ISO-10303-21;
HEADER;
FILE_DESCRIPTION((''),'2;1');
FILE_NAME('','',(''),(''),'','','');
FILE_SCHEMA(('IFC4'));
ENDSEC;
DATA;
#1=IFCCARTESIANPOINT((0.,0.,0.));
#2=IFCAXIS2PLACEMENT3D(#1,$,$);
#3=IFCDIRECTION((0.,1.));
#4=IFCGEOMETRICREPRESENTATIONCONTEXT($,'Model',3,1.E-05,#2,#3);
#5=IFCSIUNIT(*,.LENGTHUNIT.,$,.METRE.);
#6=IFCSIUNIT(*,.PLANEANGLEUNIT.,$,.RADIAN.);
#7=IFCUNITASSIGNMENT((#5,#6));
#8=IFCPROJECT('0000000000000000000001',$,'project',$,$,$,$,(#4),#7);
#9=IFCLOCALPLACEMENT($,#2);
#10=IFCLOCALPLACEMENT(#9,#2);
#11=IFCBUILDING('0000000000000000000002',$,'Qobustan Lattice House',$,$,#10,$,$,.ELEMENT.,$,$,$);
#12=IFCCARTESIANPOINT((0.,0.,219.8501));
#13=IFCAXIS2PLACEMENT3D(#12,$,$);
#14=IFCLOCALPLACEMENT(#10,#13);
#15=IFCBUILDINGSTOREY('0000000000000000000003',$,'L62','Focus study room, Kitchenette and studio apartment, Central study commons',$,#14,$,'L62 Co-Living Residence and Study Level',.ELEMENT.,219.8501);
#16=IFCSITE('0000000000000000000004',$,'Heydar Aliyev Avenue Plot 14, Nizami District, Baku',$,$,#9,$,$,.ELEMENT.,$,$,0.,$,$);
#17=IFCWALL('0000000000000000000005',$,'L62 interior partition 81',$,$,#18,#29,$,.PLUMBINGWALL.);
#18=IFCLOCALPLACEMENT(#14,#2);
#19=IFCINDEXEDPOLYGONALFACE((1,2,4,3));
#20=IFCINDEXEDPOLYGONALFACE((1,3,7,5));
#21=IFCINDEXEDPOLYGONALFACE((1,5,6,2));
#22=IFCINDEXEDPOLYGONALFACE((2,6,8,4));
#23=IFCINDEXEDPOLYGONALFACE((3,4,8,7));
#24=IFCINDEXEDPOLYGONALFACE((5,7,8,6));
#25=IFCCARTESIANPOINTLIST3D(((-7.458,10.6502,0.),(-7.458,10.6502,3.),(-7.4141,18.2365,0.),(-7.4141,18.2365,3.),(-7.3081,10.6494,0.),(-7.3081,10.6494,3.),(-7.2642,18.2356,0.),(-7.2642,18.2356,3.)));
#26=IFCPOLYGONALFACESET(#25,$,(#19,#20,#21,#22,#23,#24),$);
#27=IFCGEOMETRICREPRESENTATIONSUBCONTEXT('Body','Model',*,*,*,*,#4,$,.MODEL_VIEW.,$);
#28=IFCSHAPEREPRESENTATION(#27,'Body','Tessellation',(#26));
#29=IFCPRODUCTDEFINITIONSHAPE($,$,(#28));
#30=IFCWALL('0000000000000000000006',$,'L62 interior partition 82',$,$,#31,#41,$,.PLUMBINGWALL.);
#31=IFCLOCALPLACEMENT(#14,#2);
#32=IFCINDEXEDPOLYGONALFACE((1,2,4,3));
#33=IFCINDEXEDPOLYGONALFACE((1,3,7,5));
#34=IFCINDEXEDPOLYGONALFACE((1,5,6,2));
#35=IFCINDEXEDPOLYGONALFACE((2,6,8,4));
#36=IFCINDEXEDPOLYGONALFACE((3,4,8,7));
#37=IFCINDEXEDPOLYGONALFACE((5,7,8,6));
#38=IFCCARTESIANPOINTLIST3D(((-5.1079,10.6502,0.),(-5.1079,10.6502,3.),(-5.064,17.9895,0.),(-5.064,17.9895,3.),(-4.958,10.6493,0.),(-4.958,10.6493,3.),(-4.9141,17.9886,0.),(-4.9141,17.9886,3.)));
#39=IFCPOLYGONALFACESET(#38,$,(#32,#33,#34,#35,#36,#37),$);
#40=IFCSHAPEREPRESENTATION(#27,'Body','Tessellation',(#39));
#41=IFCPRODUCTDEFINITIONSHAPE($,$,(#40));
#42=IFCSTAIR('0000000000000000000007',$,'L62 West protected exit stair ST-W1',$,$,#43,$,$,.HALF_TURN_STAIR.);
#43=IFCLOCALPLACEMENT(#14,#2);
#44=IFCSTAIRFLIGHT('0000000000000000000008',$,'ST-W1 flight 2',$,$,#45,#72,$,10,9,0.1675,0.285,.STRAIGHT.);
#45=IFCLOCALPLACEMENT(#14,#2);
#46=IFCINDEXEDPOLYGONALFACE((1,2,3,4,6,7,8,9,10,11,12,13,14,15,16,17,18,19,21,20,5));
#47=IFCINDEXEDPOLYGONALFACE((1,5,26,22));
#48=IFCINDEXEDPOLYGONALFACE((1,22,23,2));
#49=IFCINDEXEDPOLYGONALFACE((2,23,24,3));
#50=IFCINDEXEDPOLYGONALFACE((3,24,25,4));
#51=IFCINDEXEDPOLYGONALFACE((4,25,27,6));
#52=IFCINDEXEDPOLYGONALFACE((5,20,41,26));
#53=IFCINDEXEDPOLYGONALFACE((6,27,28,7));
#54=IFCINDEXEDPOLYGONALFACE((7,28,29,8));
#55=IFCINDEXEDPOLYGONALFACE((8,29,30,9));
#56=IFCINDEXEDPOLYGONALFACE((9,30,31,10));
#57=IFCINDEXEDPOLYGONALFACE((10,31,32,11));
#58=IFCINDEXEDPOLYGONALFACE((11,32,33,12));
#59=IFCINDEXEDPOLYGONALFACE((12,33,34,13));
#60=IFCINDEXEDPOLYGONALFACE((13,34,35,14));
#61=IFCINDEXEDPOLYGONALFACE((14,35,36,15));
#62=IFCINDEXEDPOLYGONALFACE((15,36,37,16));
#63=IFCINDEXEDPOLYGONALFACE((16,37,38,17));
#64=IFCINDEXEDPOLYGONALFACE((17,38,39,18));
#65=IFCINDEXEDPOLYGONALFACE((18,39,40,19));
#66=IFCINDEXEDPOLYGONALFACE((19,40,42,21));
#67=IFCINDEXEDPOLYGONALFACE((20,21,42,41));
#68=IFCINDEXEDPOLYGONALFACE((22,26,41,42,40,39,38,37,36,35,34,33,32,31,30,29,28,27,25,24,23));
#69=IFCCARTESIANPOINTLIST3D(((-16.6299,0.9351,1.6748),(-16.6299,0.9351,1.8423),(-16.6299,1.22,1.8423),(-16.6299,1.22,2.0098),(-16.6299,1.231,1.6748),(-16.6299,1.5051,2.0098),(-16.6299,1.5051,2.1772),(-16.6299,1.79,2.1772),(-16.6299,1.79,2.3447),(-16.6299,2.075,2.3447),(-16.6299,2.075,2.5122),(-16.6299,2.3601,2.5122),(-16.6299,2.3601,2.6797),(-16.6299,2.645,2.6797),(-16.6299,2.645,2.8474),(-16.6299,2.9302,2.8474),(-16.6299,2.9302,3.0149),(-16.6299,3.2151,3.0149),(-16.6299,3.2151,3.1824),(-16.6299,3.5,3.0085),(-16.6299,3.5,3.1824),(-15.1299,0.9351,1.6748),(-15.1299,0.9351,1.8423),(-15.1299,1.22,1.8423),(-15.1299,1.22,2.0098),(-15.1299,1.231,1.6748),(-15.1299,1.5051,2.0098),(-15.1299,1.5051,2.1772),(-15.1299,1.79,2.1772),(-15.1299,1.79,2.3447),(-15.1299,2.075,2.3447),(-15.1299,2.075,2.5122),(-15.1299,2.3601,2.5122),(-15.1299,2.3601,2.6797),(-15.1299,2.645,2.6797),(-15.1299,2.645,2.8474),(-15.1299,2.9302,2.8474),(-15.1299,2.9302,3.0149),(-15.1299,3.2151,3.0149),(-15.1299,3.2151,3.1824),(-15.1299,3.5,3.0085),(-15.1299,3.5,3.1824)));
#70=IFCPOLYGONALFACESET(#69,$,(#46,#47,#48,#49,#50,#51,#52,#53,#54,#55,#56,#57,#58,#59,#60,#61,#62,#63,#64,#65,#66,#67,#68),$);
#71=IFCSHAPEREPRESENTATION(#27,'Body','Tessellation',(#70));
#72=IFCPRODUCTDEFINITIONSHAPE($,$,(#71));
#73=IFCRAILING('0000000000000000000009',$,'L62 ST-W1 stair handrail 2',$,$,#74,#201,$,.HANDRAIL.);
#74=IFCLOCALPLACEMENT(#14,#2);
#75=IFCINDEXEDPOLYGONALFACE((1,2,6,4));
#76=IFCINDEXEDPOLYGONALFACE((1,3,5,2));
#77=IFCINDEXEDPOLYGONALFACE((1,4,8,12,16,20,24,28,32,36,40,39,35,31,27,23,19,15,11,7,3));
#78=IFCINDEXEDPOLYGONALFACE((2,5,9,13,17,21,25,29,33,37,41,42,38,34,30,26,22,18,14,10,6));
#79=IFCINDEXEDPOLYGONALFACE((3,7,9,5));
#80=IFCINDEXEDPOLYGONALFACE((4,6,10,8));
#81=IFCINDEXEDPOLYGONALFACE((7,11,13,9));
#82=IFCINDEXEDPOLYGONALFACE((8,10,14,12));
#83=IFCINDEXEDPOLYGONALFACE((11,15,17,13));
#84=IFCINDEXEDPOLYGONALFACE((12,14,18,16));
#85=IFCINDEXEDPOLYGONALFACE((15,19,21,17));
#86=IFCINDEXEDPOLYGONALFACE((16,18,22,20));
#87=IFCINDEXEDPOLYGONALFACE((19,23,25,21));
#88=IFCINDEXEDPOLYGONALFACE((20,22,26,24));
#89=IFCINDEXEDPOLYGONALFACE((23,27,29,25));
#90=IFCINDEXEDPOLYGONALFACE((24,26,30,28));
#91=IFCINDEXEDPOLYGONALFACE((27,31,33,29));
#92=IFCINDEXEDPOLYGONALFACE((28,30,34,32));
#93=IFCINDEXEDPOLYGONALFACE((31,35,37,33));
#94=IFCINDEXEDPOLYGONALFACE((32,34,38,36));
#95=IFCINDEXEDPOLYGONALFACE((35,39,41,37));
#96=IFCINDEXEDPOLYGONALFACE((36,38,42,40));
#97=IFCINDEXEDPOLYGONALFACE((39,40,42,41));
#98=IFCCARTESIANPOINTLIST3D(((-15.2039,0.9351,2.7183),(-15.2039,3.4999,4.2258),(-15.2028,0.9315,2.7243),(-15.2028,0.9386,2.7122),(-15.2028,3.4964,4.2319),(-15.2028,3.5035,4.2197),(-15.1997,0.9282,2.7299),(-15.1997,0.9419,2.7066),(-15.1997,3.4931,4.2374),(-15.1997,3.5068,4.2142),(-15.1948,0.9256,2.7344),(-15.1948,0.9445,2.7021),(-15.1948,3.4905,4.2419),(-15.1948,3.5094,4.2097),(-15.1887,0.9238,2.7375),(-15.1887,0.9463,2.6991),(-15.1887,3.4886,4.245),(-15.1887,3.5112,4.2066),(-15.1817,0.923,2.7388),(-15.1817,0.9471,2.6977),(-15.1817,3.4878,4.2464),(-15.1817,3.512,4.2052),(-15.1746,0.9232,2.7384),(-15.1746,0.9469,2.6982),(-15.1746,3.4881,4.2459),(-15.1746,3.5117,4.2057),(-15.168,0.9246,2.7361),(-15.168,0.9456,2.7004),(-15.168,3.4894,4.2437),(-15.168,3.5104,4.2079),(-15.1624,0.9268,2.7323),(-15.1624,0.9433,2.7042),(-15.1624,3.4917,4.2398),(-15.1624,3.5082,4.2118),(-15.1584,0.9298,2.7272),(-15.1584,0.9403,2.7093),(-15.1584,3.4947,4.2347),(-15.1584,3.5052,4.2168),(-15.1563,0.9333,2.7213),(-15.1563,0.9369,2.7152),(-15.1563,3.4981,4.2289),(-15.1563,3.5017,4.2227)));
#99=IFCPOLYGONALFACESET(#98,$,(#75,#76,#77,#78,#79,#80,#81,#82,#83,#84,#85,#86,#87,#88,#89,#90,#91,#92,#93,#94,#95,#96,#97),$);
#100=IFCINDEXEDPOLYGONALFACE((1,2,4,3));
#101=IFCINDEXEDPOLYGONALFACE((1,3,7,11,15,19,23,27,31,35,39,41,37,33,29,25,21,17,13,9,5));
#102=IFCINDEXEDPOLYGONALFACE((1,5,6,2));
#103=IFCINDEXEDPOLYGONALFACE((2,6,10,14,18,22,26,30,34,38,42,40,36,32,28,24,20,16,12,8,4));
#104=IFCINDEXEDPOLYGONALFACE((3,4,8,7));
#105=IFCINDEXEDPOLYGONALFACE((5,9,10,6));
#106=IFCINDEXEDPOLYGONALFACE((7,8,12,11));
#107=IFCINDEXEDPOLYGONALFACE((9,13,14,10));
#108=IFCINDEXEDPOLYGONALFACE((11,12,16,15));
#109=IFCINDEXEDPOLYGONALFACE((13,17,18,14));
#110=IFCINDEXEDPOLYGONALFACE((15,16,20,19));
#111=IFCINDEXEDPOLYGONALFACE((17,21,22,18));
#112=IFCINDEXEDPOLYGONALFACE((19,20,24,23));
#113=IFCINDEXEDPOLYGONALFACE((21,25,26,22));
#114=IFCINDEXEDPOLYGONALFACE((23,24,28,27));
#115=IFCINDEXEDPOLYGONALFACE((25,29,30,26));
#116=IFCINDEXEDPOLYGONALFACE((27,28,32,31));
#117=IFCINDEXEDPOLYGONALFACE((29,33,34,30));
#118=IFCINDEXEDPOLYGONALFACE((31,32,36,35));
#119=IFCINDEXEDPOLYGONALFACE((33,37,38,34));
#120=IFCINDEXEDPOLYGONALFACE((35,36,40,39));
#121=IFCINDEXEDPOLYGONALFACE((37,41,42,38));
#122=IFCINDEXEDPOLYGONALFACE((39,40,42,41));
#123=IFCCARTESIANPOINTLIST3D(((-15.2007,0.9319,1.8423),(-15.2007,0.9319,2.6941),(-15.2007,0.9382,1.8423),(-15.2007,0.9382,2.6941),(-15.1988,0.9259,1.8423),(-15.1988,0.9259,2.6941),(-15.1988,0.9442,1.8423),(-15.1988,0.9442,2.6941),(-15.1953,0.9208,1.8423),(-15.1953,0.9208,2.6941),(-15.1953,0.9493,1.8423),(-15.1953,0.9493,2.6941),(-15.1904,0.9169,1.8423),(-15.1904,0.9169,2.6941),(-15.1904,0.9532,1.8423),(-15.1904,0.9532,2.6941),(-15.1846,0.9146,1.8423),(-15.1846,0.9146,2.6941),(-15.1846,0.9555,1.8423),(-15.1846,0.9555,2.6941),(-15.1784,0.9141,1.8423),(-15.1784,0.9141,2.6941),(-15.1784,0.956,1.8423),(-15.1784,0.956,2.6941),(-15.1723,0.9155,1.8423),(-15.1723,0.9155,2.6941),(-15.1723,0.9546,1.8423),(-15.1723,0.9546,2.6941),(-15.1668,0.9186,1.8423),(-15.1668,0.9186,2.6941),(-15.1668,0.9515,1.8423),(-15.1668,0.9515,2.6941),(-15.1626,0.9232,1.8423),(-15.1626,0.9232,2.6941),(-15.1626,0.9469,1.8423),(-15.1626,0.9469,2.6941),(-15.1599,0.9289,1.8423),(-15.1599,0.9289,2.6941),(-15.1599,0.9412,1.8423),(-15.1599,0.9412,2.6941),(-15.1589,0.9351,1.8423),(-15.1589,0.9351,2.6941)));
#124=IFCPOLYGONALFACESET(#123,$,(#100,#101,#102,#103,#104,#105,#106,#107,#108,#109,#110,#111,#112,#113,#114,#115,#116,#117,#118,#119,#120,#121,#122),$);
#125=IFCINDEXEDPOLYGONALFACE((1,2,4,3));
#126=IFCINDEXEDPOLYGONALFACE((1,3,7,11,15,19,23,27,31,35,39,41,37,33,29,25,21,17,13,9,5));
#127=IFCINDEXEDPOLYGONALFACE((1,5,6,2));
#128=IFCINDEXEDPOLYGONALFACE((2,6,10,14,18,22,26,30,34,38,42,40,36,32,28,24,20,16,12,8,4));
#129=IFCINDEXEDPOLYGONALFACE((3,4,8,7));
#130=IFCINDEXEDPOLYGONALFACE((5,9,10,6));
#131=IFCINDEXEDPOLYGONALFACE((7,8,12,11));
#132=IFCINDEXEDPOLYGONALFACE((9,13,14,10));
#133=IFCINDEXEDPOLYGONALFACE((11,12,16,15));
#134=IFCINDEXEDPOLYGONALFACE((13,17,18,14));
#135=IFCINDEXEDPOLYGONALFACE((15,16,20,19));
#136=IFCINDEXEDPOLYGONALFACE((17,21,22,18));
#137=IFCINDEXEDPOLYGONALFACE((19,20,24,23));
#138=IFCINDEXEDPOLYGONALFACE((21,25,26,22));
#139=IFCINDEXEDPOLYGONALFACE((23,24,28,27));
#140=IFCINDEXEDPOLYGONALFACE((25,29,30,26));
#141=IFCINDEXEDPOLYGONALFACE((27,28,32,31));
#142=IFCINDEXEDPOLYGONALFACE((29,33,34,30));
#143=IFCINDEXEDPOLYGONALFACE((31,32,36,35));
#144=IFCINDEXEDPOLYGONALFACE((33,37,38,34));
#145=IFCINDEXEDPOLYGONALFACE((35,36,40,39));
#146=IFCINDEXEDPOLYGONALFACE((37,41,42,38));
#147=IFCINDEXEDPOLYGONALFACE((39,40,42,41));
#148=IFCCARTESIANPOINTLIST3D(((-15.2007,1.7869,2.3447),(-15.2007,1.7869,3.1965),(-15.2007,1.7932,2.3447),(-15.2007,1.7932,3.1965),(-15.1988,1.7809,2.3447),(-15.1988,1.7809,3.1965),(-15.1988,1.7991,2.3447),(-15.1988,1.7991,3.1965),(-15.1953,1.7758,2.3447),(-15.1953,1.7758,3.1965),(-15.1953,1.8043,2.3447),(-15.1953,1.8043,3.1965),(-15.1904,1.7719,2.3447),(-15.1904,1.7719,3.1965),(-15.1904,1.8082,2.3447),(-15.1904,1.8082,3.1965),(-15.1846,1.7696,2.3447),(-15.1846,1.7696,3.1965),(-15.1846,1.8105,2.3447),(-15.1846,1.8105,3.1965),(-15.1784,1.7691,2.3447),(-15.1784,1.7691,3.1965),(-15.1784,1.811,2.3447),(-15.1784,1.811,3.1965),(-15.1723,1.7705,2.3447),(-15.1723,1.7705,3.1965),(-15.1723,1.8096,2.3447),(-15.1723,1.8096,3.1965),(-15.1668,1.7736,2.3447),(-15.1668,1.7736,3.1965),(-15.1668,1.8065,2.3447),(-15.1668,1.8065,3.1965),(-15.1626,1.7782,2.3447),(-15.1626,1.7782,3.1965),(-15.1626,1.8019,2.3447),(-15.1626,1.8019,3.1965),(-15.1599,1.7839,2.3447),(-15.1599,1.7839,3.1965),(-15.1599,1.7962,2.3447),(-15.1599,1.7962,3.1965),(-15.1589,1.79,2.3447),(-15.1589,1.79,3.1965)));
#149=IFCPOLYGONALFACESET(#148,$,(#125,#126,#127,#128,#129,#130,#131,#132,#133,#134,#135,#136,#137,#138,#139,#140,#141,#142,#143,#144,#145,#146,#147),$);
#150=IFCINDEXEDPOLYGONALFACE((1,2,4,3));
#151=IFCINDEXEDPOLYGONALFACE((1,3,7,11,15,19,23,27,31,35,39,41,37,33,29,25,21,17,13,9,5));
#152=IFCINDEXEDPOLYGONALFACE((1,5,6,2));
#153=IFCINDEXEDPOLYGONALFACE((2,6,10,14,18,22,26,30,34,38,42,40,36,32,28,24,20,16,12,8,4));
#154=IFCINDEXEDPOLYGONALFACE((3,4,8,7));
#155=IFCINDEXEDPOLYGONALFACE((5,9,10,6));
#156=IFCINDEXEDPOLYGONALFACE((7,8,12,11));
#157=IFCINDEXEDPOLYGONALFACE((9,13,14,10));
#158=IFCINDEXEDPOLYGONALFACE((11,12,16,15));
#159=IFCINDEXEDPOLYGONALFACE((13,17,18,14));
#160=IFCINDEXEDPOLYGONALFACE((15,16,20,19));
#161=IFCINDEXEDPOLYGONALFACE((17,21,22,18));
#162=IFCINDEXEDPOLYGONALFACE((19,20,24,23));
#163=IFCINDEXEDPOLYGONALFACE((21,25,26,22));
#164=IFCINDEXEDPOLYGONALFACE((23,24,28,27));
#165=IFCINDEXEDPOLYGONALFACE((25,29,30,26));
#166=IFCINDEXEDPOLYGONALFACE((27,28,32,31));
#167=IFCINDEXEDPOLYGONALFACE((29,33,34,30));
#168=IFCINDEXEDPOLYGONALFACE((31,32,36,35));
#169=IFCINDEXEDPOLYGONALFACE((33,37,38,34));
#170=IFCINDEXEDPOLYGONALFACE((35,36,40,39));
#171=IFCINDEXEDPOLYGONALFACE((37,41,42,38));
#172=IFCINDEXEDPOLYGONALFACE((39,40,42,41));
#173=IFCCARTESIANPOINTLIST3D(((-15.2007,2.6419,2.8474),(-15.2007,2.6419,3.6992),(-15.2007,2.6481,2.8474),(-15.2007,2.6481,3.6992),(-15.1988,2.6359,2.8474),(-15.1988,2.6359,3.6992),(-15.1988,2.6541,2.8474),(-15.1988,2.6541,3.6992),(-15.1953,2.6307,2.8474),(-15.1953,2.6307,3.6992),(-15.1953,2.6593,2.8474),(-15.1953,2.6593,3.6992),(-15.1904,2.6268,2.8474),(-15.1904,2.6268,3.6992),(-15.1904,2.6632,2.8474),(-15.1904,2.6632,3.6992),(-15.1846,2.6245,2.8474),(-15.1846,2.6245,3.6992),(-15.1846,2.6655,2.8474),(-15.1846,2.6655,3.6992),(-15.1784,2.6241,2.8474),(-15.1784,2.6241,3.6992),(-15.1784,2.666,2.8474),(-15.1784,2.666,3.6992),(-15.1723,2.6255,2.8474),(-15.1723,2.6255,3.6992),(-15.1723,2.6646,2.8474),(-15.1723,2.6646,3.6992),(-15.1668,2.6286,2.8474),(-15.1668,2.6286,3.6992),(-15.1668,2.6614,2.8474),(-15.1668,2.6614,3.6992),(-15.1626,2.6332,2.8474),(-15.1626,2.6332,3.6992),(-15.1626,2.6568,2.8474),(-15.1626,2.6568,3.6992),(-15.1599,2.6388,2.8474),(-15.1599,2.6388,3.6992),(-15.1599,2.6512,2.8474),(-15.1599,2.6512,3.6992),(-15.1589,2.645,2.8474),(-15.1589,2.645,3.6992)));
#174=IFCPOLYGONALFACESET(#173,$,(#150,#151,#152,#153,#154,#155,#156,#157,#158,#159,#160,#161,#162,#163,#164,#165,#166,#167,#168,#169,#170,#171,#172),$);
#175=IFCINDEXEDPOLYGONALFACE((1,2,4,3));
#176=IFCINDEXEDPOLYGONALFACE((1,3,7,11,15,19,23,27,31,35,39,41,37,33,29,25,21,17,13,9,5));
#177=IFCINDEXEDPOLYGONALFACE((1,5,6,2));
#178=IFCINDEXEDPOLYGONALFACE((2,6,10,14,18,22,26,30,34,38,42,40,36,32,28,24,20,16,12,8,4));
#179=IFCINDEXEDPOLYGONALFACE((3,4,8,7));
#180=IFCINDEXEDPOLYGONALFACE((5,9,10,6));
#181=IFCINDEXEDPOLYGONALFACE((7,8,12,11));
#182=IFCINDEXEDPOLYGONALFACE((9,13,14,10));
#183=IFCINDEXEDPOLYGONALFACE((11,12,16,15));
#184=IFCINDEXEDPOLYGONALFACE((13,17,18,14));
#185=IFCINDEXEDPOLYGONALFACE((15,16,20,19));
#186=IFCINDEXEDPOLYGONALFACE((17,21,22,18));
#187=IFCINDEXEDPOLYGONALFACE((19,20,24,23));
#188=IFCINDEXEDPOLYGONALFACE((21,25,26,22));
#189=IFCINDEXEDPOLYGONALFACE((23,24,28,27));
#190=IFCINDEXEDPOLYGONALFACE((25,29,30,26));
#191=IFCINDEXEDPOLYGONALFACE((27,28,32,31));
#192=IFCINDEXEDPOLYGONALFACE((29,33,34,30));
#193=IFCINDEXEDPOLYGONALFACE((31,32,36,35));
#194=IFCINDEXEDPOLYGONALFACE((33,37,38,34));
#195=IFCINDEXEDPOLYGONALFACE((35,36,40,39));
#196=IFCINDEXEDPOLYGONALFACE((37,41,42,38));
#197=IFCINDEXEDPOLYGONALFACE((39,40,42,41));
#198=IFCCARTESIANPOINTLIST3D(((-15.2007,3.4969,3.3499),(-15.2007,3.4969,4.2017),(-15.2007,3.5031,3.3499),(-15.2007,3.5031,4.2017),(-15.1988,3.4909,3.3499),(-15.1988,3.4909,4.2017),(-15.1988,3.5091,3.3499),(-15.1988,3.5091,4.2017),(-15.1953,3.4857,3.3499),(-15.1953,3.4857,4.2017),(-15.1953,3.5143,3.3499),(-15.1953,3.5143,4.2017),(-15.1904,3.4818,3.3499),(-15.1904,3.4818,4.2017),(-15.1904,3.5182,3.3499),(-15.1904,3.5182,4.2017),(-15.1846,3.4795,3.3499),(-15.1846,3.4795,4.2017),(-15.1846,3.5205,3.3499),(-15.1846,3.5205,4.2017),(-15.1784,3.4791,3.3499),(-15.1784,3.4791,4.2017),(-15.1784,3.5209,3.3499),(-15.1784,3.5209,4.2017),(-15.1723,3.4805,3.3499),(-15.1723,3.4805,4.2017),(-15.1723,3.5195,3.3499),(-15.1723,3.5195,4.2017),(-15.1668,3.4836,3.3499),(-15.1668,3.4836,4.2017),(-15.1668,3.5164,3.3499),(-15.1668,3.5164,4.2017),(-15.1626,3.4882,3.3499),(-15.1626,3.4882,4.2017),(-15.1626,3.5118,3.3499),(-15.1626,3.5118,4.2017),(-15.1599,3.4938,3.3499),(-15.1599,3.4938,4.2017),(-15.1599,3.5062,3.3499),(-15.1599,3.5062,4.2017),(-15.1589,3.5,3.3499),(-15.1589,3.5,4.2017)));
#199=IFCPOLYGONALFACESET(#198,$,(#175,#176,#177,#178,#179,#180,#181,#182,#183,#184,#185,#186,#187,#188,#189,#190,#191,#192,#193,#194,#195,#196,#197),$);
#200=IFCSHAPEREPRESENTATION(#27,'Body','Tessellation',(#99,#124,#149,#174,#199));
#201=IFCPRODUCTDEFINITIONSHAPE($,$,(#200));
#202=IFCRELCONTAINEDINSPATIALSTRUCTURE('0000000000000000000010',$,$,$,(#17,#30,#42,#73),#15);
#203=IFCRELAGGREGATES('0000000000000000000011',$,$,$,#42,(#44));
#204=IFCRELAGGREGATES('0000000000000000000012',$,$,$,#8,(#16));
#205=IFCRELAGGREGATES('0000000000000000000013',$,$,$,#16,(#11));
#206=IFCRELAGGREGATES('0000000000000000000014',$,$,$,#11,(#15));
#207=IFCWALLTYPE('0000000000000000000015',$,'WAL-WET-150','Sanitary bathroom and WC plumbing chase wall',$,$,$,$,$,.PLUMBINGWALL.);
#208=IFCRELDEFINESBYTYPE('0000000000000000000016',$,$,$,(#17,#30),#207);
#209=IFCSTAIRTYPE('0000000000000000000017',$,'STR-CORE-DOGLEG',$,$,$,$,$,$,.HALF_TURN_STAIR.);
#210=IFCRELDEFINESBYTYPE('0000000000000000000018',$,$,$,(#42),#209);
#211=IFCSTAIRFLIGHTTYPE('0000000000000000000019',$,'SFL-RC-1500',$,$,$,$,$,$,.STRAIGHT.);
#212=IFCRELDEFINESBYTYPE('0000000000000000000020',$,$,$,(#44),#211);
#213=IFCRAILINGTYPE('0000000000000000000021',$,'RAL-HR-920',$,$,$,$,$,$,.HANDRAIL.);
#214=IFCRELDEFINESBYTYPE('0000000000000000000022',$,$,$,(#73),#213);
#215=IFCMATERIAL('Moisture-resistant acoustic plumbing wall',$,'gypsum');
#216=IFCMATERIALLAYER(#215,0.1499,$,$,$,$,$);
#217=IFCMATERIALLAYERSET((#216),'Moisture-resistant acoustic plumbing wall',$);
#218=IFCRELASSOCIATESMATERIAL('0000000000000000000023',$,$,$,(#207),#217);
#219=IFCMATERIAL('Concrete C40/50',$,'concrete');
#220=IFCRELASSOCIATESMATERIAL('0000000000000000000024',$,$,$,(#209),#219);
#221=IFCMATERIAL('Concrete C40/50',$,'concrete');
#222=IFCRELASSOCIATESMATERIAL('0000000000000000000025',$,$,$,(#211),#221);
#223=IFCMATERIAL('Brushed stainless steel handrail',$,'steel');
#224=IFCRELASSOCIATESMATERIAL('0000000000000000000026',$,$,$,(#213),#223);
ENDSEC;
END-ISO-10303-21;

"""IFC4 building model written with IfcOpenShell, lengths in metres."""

from ifc_helpers import new_model, si_unit, direction, frame, frame_2d, origin, origin_2d, place, context, subcontext, project, spatial, polyline, rectangle, circle, outline, extrude, material, layer, layer_set, type_object, element, aggregate, save


model = new_model("IFC4")

# Units and contexts
model_context = context("Model", 3, precision=1e-05, world=origin(), true_north=direction((0.0, 1.0)))
body_context = subcontext(model_context, "Body", "Model", "MODEL_VIEW")
ifc_project = project(units=[si_unit("LENGTHUNIT", "METRE"), si_unit("PLANEANGLEUNIT", "RADIAN")], contexts=[model_context])

# Site, building, storey
site_placement = place(None, origin())
site = spatial("IfcSite", under=ifc_project, at=site_placement, Name="Heydar Aliyev Avenue Plot 14, Nizami District, Baku", CompositionType="ELEMENT", RefElevation=0.0)
building_placement = place(site_placement, origin())
building = spatial("IfcBuilding", under=site, at=building_placement, Name="Qobustan Lattice House", CompositionType="ELEMENT")
storey_placement = place(building_placement, frame((0.0, 0.0, 219.8501)))
storey = spatial("IfcBuildingStorey", under=building, at=storey_placement, Name="L62", Description="Focus study room, Kitchenette and studio apartment, Central study commons", LongName="L62 Co-Living Residence and Study Level", CompositionType="ELEMENT", Elevation=219.8501)

# Shared definitions
ifc_material_1 = material(Name="Moisture-resistant acoustic plumbing wall", Category="gypsum")
ifc_layer_1 = layer(ifc_material_1, 0.1499)
ifc_layer_set_1 = layer_set([ifc_layer_1], Name="Moisture-resistant acoustic plumbing wall")
wall_type_1 = type_object("IfcWallType", Name="WAL-WET-150", Description="Sanitary bathroom and WC plumbing chase wall", PredefinedType="PLUMBINGWALL", material=ifc_layer_set_1)

# Walls
wall_1_placement = place(storey_placement, frame((-7.3391, 18.2361, 0.0), z_axis=(0.0, 0.0, 1.0), x_axis=(-0.005793, -0.999983, 0.0)))
element("IfcWall", 1, at=wall_1_placement, inside=storey, type_object=wall_type_1, Name="L62 interior partition 81", PredefinedType="PLUMBINGWALL", context=body_context, shape_type="SweptSolid", body=[
    extrude(rectangle(XDim=7.5864, YDim=0.1499, at=frame_2d((3.7932, 0.0))), origin(), (0.0, 0.0, 1.0), 3.0),
])
wall_2_placement = place(storey_placement, frame((-4.989, 17.989, 0.0), z_axis=(0.0, 0.0, 1.0), x_axis=(-0.005988, -0.999982, 0.0)))
element("IfcWall", 2, at=wall_2_placement, inside=storey, type_object=wall_type_1, Name="L62 interior partition 82", PredefinedType="PLUMBINGWALL", context=body_context, shape_type="SweptSolid", body=[
    extrude(rectangle(XDim=7.3394, YDim=0.1499, at=frame_2d((3.6697, 0.0))), origin(), (0.0, 0.0, 1.0), 3.0),
])

# Stair, stair flight
ifc_material_2 = material(Name="Concrete C40/50", Category="concrete")
stair_type = type_object("IfcStairType", Name="STR-CORE-DOGLEG", PredefinedType="HALF_TURN_STAIR", material=ifc_material_2)
stair_placement = place(storey_placement, origin())
stair = element("IfcStair", 3, at=stair_placement, inside=storey, type_object=stair_type, Name="L62 West protected exit stair ST-W1", PredefinedType="HALF_TURN_STAIR")
ifc_material_3 = material(Name="Concrete C40/50", Category="concrete")
stair_flight_type = type_object("IfcStairFlightType", Name="SFL-RC-1500", PredefinedType="STRAIGHT", material=ifc_material_3)
stair_flight_placement = place(storey_placement, frame((-15.8799, 0.9351, 1.6748), z_axis=(0.0, 0.0, 1.0), x_axis=(0.0, 1.0, 0.0)))
stair_flight = element("IfcStairFlight", 4, at=stair_flight_placement, type_object=stair_flight_type, Name="ST-W1 flight 2", NumberOfRisers=10, NumberOfTreads=9, PredefinedType="STRAIGHT", RiserHeight=0.1675, TreadLength=0.285, context=body_context, shape_type="SweptSolid", body=[
    extrude(outline(polyline([(0.0, 0.0), (0.0, 0.1675), (0.2849, 0.1675), (0.2849, 0.335), (0.5701, 0.335), (0.5701, 0.5024), (0.855, 0.5024), (0.855, 0.6699), (1.1399, 0.6699), (1.1399, 0.8374), (1.425, 0.8374), (1.425, 1.0049), (1.71, 1.0049), (1.71, 1.1726), (1.9951, 1.1726), (1.9951, 1.3401), (2.28, 1.3401), (2.28, 1.5076), (2.5649, 1.5076), (2.5649, 1.675), (2.5649, 1.3337), (0.2959, 0.0), (0.0, 0.0)])), frame((0.0, 0.75, 0.0), z_axis=(0.0, -1.0, 0.0), x_axis=(1.0, 0.0, 0.0)), (0.0, 0.0, 1.0), 1.5),
])
aggregate(stair, [stair_flight])

# Railing
ifc_material_4 = material(Name="Brushed stainless steel handrail", Category="steel")
railing_type_1 = type_object("IfcRailingType", Name="RAL-HR-920", PredefinedType="HANDRAIL", material=ifc_material_4)
railing_1_placement = place(storey_placement, frame((-15.1799, 0.9351, 1.8423)))
element("IfcRailing", 5, at=railing_1_placement, inside=storey, type_object=railing_type_1, Name="L62 ST-W1 stair handrail 2", PredefinedType="HANDRAIL", context=body_context, shape_type="SweptSolid", body=[
    extrude(circle(Radius=0.0239, at=origin_2d()), frame((0.0, 0.0, 0.876), z_axis=(0.0, 0.862113, 0.506715), x_axis=(-1.0, 0.0, 0.0)), (0.0, 0.0, 1.0), 2.9751),
    extrude(circle(Radius=0.021, at=origin_2d()), origin(), (0.0, 0.0, 1.0), 0.8518),
    extrude(circle(Radius=0.021, at=origin_2d()), frame((0.0, 0.855, 0.5024)), (0.0, 0.0, 1.0), 0.8518),
    extrude(circle(Radius=0.021, at=origin_2d()), frame((0.0, 1.71, 1.0051)), (0.0, 0.0, 1.0), 0.8518),
    extrude(circle(Radius=0.021, at=origin_2d()), frame((0.0, 2.5649, 1.5076)), (0.0, 0.0, 1.0), 0.8518),
])

save(model, "model.ifc")
